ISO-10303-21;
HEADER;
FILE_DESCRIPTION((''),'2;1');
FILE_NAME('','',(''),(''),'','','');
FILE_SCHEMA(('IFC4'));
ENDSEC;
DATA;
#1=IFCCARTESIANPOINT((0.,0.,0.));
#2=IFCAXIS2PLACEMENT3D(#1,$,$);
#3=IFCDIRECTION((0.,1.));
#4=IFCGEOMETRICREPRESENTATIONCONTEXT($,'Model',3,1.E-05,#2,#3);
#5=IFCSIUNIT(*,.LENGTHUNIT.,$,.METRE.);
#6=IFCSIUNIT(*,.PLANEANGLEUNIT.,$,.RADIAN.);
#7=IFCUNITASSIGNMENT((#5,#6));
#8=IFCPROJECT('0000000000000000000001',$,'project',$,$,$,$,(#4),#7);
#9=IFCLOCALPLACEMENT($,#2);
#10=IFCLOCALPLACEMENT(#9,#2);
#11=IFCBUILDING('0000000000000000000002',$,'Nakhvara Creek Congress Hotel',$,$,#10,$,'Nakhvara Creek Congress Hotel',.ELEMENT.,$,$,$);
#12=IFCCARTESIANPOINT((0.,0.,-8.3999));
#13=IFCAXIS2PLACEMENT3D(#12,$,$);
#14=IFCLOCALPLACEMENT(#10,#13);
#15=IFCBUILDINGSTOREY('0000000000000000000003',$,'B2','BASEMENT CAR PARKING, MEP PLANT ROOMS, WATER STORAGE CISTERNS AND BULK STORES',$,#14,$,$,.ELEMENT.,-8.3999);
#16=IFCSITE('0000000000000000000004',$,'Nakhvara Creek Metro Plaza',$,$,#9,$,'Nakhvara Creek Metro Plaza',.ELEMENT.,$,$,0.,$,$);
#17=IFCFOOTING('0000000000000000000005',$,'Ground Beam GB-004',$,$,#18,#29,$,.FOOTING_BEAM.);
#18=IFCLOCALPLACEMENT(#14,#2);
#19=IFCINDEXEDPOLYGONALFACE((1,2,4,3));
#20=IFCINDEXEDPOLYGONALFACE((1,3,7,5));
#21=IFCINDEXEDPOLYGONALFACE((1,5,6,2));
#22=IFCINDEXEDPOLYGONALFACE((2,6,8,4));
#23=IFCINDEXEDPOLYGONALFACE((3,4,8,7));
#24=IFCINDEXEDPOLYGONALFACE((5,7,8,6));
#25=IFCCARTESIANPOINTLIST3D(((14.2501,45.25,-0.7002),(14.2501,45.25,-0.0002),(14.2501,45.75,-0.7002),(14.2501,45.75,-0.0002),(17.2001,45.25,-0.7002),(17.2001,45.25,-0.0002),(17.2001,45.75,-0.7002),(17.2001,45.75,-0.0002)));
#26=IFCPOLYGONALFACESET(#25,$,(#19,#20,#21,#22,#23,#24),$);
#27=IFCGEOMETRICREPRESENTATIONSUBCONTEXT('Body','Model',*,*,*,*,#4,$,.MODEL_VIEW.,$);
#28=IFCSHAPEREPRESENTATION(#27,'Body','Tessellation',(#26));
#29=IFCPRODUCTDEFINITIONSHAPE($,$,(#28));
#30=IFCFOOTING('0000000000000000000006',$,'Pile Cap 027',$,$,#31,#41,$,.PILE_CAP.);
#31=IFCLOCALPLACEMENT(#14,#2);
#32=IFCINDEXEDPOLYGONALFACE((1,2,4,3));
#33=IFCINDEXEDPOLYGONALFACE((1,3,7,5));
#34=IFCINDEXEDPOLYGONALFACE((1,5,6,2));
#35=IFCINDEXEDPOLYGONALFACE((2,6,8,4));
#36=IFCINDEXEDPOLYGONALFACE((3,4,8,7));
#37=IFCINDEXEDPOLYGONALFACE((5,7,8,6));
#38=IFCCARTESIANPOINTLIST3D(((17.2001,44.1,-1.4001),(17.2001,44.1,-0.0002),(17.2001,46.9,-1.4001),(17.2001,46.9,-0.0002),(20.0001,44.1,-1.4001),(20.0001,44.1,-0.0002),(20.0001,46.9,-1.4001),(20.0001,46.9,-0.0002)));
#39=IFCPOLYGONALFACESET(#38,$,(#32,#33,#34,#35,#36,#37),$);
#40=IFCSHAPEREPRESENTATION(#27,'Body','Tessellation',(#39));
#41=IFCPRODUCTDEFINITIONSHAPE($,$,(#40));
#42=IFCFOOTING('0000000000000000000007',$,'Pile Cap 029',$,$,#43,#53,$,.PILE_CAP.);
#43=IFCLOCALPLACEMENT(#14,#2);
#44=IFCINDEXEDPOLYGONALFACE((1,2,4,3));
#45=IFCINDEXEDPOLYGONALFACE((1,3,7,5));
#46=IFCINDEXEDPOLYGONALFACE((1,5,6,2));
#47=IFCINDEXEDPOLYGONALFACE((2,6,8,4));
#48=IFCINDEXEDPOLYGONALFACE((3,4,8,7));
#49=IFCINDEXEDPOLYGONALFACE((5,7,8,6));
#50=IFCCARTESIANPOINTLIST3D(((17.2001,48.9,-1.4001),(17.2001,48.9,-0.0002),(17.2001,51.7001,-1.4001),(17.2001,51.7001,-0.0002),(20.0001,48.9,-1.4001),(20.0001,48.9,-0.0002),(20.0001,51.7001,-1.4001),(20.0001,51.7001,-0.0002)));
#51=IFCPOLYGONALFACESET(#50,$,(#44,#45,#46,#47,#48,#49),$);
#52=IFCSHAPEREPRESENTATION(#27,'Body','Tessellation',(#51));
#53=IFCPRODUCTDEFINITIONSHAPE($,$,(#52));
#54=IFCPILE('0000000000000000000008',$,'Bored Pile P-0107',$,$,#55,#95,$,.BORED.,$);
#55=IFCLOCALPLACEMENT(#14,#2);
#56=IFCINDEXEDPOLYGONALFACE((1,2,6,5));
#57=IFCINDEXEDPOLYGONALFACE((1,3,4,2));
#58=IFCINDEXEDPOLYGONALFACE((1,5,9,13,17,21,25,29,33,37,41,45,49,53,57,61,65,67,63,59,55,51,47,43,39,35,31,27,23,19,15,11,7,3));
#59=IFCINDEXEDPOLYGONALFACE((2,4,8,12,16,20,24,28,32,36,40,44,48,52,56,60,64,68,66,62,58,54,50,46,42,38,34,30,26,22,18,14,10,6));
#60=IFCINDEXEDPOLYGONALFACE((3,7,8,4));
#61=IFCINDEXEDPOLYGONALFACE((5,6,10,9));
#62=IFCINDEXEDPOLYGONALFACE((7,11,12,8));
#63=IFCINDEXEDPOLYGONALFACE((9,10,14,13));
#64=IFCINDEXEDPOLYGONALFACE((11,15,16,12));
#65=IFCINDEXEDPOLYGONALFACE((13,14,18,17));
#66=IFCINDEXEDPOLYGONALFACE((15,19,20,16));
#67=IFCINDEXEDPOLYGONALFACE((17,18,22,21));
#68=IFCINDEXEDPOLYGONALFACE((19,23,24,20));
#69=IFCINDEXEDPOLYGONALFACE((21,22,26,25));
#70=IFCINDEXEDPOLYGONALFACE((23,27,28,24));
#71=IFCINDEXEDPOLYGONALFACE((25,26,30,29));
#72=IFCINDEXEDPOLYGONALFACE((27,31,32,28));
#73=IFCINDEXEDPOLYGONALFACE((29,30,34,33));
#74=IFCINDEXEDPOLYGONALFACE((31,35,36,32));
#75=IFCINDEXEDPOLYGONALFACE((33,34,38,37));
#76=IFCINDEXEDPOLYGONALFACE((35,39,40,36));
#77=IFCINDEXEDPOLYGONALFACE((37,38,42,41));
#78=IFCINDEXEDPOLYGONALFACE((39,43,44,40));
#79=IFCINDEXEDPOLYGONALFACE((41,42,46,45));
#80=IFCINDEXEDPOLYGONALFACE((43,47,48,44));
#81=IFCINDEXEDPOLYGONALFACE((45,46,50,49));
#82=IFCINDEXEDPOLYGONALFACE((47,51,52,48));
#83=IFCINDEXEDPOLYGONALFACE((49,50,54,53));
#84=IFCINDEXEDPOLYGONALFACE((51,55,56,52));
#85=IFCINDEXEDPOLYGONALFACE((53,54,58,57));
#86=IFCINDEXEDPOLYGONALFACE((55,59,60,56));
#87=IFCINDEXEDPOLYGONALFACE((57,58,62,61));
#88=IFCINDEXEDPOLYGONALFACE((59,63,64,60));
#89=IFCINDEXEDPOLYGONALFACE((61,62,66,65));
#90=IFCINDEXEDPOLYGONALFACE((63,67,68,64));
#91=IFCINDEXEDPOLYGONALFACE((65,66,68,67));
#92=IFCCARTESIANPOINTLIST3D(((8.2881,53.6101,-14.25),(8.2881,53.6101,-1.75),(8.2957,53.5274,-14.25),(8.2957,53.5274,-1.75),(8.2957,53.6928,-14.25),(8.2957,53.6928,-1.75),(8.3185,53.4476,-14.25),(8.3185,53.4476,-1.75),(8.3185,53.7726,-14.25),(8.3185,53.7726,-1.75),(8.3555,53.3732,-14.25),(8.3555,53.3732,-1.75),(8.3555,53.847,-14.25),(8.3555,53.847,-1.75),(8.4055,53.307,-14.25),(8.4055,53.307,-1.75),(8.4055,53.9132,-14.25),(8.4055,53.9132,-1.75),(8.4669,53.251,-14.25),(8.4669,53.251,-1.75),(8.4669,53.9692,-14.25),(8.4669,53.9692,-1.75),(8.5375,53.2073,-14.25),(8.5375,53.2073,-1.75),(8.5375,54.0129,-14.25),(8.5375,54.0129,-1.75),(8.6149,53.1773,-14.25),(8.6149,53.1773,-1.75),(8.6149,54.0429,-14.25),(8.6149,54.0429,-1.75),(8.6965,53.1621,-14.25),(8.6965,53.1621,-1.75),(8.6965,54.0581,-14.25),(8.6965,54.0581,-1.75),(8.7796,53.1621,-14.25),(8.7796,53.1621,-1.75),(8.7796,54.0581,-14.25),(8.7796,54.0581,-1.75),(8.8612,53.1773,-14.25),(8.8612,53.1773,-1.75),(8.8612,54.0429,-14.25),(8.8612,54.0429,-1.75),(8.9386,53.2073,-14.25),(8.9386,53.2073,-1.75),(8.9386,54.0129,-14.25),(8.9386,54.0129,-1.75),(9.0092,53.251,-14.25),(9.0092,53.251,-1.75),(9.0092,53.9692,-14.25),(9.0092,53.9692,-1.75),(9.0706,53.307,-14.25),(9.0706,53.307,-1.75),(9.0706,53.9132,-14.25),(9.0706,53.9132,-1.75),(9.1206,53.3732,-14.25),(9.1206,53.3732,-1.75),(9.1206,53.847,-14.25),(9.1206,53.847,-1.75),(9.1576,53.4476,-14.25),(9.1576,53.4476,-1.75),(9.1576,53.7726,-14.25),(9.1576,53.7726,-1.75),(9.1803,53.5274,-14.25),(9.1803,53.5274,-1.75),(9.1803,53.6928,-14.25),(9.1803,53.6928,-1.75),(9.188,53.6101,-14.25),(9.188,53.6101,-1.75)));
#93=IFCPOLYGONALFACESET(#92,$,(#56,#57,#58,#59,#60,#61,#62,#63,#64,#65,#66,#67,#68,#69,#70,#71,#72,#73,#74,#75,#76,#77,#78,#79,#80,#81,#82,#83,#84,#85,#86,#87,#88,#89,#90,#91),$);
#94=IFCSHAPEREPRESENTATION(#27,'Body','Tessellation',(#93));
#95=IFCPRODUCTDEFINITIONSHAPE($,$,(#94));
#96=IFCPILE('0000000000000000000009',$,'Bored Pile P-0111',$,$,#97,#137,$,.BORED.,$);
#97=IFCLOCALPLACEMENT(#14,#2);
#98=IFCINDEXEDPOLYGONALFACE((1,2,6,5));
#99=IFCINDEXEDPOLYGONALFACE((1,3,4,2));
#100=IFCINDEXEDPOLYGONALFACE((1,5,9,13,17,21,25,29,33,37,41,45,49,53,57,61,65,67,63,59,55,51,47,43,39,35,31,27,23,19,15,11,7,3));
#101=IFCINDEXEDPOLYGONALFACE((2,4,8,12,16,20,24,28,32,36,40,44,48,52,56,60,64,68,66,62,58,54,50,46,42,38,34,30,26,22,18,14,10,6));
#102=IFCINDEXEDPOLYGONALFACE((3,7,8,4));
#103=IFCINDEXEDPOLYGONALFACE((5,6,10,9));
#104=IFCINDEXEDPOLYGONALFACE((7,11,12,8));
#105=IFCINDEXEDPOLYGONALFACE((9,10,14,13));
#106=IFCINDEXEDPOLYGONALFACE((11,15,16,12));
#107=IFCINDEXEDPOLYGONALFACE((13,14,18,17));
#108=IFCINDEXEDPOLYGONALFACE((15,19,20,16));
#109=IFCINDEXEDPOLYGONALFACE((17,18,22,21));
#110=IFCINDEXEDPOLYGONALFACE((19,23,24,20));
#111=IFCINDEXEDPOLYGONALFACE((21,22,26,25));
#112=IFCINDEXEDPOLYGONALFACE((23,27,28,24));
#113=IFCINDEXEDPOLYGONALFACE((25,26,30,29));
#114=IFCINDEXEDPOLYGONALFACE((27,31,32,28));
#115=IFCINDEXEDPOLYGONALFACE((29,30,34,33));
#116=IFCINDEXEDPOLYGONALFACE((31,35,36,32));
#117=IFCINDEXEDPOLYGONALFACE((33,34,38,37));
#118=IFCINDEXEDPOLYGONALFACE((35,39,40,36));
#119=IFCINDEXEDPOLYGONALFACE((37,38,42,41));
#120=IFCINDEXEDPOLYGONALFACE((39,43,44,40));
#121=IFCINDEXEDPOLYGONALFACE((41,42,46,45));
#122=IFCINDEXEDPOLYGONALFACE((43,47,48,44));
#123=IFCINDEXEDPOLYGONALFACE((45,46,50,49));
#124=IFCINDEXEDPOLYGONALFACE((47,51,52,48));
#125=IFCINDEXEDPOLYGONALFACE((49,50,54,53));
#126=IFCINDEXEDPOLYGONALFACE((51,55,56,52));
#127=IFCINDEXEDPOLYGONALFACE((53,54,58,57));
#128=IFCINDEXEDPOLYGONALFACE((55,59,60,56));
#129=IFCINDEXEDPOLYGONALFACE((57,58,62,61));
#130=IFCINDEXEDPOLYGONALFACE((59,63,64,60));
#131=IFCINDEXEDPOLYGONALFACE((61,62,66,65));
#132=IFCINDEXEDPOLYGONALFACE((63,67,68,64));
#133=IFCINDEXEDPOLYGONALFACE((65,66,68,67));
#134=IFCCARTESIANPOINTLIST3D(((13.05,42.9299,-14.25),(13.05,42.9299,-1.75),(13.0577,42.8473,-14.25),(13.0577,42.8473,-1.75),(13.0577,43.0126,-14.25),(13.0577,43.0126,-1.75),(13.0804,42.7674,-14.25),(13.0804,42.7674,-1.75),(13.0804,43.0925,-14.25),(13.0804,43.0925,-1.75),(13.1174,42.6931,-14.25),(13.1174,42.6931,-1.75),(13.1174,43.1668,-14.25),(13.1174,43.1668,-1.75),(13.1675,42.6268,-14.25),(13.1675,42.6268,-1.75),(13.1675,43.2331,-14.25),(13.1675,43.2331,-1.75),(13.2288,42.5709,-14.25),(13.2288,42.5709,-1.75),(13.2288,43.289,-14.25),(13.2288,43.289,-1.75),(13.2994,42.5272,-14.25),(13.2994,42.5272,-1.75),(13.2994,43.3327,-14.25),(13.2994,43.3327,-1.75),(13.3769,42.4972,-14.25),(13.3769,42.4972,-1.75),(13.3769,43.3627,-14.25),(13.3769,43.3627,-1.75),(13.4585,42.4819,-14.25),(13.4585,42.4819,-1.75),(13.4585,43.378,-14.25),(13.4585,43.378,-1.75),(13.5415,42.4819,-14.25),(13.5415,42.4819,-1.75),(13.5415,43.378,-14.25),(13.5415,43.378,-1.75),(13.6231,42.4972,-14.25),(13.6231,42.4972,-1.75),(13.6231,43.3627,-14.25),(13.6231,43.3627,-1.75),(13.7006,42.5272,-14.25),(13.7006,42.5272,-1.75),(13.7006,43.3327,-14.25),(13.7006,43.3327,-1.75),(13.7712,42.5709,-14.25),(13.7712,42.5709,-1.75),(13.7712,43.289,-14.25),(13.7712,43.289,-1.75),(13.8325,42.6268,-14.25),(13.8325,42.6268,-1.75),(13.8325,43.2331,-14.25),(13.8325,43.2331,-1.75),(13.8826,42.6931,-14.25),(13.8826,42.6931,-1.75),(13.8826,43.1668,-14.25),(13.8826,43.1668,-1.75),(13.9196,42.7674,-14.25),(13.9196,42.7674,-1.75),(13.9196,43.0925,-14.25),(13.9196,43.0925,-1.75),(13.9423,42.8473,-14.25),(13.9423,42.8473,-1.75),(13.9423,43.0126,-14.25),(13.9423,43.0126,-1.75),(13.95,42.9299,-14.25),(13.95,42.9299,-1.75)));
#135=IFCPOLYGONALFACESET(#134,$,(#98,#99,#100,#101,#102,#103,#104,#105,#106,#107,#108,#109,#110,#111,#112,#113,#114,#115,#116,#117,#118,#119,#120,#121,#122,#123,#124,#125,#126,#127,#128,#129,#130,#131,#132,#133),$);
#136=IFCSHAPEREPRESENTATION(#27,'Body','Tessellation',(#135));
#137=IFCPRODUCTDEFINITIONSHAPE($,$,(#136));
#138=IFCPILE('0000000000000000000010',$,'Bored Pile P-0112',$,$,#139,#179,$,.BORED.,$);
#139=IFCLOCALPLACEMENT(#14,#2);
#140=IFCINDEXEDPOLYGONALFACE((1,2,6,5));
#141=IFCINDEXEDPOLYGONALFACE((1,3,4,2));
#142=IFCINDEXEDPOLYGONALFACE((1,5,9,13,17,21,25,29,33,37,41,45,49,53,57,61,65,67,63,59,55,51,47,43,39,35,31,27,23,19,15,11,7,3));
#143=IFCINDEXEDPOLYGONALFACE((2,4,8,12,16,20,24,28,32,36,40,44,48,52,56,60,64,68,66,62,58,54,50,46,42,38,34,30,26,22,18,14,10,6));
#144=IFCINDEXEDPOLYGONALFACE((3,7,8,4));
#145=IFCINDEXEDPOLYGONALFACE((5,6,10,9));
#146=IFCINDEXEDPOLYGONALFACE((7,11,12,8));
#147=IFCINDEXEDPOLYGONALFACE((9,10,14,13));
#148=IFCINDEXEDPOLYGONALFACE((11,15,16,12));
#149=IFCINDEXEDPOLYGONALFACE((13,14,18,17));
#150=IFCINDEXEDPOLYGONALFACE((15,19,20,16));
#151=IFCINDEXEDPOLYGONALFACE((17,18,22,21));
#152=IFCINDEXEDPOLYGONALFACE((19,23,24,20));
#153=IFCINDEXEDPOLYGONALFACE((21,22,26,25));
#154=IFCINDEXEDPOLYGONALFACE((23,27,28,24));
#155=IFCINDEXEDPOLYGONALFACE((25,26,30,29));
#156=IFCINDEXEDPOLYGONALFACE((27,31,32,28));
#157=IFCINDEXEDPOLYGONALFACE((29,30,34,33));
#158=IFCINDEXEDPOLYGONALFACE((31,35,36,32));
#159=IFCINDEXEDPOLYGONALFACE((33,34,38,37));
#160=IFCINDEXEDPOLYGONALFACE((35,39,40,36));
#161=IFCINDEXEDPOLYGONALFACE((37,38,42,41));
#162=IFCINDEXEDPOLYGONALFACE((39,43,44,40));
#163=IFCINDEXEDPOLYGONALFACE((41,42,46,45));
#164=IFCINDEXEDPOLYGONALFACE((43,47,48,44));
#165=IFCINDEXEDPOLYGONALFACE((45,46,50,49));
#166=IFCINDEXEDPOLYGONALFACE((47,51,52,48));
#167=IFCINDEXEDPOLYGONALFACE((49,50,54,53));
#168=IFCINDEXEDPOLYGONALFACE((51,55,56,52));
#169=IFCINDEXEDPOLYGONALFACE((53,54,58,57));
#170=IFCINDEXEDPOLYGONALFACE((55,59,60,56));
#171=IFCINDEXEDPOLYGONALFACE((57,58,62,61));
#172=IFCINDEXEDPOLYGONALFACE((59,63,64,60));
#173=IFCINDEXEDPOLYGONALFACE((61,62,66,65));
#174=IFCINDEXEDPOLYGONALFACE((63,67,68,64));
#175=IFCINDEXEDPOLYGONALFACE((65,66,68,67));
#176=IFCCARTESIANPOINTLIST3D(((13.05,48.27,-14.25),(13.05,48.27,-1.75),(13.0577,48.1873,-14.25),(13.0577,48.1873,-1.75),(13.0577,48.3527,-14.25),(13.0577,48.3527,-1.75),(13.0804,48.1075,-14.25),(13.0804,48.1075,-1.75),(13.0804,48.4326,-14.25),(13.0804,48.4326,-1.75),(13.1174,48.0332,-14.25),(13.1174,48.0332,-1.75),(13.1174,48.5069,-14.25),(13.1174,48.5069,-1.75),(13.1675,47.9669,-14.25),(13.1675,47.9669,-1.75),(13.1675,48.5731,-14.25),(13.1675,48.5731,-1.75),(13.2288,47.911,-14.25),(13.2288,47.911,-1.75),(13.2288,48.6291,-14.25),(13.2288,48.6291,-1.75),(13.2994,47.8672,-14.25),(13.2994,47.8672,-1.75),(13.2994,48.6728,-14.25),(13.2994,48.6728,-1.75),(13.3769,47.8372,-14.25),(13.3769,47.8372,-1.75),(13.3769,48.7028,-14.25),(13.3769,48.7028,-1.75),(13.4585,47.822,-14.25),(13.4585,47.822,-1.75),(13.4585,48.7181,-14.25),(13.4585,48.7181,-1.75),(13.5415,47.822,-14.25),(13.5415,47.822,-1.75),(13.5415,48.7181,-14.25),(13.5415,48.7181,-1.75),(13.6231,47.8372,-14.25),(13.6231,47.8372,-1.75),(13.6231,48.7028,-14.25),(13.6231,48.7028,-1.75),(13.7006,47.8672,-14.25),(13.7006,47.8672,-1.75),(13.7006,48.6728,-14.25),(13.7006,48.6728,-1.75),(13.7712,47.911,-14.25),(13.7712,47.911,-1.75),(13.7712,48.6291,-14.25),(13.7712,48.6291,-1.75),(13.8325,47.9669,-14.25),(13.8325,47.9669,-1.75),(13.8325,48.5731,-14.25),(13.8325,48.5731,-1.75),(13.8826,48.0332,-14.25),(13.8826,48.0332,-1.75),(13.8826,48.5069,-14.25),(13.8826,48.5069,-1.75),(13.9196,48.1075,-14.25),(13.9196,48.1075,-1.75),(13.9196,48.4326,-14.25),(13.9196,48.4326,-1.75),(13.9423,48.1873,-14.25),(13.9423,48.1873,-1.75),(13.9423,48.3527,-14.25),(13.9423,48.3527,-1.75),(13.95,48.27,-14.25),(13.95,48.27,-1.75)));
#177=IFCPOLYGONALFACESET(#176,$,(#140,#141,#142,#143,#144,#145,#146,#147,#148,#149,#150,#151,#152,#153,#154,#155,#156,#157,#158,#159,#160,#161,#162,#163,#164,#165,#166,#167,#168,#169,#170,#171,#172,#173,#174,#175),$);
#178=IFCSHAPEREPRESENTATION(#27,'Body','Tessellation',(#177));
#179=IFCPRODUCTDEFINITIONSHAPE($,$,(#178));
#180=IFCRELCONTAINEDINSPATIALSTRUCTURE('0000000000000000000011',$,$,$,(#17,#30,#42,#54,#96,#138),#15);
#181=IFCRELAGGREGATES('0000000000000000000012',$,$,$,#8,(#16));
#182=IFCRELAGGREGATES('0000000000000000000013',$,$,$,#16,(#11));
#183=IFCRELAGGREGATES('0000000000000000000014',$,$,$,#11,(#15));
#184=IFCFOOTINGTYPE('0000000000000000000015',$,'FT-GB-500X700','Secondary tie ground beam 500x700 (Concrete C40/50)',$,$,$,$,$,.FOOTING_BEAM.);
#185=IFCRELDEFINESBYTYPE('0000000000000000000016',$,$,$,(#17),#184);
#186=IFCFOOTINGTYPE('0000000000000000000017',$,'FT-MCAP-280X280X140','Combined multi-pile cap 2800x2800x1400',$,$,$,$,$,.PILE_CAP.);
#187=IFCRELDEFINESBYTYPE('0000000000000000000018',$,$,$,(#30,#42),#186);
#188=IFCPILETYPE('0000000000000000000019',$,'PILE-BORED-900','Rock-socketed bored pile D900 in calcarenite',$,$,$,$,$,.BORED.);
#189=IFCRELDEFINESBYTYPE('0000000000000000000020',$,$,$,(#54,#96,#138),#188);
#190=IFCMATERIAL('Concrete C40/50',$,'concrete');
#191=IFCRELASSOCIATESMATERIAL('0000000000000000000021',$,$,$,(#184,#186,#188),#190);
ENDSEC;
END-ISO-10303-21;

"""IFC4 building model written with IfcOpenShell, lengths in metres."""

from ifc_helpers import new_model, si_unit, direction, frame, origin, origin_2d, place, context, subcontext, project, spatial, rectangle, circle, extrude, material, material_profile, profile_set, type_object, element, save


model = new_model("IFC4")

# Units and contexts
model_context = context("Model", 3, precision=1e-05, world=origin(), true_north=direction((0.0, 1.0)))
body_context = subcontext(model_context, "Body", "Model", "MODEL_VIEW")
ifc_project = project(units=[si_unit("LENGTHUNIT", "METRE"), si_unit("PLANEANGLEUNIT", "RADIAN")], contexts=[model_context])

# Site, building, storey
site_placement = place(None, origin())
site = spatial("IfcSite", under=ifc_project, at=site_placement, Name="Nakhvara Creek Metro Plaza", LongName="Nakhvara Creek Metro Plaza", CompositionType="ELEMENT", RefElevation=0.0)
building_placement = place(site_placement, origin())
building = spatial("IfcBuilding", under=site, at=building_placement, Name="Nakhvara Creek Congress Hotel", LongName="Nakhvara Creek Congress Hotel", CompositionType="ELEMENT")
storey_placement = place(building_placement, frame((0.0, 0.0, -8.3999)))
storey = spatial("IfcBuildingStorey", under=building, at=storey_placement, Name="B2", Description="BASEMENT CAR PARKING, MEP PLANT ROOMS, WATER STORAGE CISTERNS AND BULK STORES", CompositionType="ELEMENT", Elevation=-8.3999)

# Footings
ifc_material_1 = material(Name="Concrete C40/50", Category="concrete")
footing_type_1 = type_object("IfcFootingType", Name="FT-GB-500X700", Description="Secondary tie ground beam 500x700 (Concrete C40/50)", PredefinedType="FOOTING_BEAM", material=ifc_material_1)
footing_placement = place(storey_placement, frame((15.7251, 45.5, -0.7002), z_axis=(0.0, 0.0, 1.0), x_axis=(1.0, 0.0, 0.0)))
element("IfcFooting", 1, at=footing_placement, inside=storey, type_object=footing_type_1, Name="Ground Beam GB-004", PredefinedType="FOOTING_BEAM", context=body_context, shape_type="SweptSolid", body=[
    extrude(rectangle(XDim=2.95, YDim=0.5, at=origin_2d()), origin(), (0.0, 0.0, 1.0), 0.7),
])
footing_type_2 = type_object("IfcFootingType", Name="FT-MCAP-280X280X140", Description="Combined multi-pile cap 2800x2800x1400", PredefinedType="PILE_CAP", material=ifc_material_1)
for number, where, z_axis, x_axis, name in (
    (2, (18.6001, 45.5, -1.4001), (0.0, 0.0, 1.0), (1.0, 0.0, 0.0), "Pile Cap 027"),
    (3, (18.6001, 50.3, -1.4001), (0.0, 0.0, 1.0), (1.0, 0.0, 0.0), "Pile Cap 029"),
):
    element("IfcFooting", number, at=place(storey_placement, frame(where, z_axis=z_axis, x_axis=x_axis)), inside=storey, type_object=footing_type_2, Name=name, PredefinedType="PILE_CAP", context=body_context, shape_type="SweptSolid", body=[
        extrude(rectangle(XDim=2.8, YDim=2.8, at=origin_2d()), origin(), (0.0, 0.0, 1.0), 1.3999),
    ])

# Piles
ifc_material_profile_1 = material_profile(ifc_material_1, circle(Radius=0.45, at=origin_2d()), Name="BORED PILE D900", Category="LoadBearing")
ifc_profile_set_1 = profile_set([ifc_material_profile_1], Name="Concrete C40/50")
pile_type = type_object("IfcPileType", Name="PILE-BORED-900", Description="Rock-socketed bored pile D900 in calcarenite", PredefinedType="BORED", material=ifc_profile_set_1)
for number, where, z_axis, x_axis, name in (
    (4, (8.738, 53.6101, -1.75), (0.0, 0.0, -1.0), (1.0, 0.0, 0.0), "Bored Pile P-0107"),
    (5, (13.5, 42.9299, -1.75), (0.0, 0.0, -1.0), (1.0, 0.0, 0.0), "Bored Pile P-0111"),
    (6, (13.5, 48.27, -1.75), (0.0, 0.0, -1.0), (1.0, 0.0, 0.0), "Bored Pile P-0112"),
):
    element("IfcPile", number, at=place(storey_placement, frame(where, z_axis=z_axis, x_axis=x_axis)), inside=storey, type_object=pile_type, Name=name, PredefinedType="BORED", context=body_context, shape_type="SweptSolid", body=[
        extrude(circle(Radius=0.45, at=origin_2d()), origin(), (0.0, 0.0, 1.0), 12.5),
    ])

save(model, "model.ifc")
